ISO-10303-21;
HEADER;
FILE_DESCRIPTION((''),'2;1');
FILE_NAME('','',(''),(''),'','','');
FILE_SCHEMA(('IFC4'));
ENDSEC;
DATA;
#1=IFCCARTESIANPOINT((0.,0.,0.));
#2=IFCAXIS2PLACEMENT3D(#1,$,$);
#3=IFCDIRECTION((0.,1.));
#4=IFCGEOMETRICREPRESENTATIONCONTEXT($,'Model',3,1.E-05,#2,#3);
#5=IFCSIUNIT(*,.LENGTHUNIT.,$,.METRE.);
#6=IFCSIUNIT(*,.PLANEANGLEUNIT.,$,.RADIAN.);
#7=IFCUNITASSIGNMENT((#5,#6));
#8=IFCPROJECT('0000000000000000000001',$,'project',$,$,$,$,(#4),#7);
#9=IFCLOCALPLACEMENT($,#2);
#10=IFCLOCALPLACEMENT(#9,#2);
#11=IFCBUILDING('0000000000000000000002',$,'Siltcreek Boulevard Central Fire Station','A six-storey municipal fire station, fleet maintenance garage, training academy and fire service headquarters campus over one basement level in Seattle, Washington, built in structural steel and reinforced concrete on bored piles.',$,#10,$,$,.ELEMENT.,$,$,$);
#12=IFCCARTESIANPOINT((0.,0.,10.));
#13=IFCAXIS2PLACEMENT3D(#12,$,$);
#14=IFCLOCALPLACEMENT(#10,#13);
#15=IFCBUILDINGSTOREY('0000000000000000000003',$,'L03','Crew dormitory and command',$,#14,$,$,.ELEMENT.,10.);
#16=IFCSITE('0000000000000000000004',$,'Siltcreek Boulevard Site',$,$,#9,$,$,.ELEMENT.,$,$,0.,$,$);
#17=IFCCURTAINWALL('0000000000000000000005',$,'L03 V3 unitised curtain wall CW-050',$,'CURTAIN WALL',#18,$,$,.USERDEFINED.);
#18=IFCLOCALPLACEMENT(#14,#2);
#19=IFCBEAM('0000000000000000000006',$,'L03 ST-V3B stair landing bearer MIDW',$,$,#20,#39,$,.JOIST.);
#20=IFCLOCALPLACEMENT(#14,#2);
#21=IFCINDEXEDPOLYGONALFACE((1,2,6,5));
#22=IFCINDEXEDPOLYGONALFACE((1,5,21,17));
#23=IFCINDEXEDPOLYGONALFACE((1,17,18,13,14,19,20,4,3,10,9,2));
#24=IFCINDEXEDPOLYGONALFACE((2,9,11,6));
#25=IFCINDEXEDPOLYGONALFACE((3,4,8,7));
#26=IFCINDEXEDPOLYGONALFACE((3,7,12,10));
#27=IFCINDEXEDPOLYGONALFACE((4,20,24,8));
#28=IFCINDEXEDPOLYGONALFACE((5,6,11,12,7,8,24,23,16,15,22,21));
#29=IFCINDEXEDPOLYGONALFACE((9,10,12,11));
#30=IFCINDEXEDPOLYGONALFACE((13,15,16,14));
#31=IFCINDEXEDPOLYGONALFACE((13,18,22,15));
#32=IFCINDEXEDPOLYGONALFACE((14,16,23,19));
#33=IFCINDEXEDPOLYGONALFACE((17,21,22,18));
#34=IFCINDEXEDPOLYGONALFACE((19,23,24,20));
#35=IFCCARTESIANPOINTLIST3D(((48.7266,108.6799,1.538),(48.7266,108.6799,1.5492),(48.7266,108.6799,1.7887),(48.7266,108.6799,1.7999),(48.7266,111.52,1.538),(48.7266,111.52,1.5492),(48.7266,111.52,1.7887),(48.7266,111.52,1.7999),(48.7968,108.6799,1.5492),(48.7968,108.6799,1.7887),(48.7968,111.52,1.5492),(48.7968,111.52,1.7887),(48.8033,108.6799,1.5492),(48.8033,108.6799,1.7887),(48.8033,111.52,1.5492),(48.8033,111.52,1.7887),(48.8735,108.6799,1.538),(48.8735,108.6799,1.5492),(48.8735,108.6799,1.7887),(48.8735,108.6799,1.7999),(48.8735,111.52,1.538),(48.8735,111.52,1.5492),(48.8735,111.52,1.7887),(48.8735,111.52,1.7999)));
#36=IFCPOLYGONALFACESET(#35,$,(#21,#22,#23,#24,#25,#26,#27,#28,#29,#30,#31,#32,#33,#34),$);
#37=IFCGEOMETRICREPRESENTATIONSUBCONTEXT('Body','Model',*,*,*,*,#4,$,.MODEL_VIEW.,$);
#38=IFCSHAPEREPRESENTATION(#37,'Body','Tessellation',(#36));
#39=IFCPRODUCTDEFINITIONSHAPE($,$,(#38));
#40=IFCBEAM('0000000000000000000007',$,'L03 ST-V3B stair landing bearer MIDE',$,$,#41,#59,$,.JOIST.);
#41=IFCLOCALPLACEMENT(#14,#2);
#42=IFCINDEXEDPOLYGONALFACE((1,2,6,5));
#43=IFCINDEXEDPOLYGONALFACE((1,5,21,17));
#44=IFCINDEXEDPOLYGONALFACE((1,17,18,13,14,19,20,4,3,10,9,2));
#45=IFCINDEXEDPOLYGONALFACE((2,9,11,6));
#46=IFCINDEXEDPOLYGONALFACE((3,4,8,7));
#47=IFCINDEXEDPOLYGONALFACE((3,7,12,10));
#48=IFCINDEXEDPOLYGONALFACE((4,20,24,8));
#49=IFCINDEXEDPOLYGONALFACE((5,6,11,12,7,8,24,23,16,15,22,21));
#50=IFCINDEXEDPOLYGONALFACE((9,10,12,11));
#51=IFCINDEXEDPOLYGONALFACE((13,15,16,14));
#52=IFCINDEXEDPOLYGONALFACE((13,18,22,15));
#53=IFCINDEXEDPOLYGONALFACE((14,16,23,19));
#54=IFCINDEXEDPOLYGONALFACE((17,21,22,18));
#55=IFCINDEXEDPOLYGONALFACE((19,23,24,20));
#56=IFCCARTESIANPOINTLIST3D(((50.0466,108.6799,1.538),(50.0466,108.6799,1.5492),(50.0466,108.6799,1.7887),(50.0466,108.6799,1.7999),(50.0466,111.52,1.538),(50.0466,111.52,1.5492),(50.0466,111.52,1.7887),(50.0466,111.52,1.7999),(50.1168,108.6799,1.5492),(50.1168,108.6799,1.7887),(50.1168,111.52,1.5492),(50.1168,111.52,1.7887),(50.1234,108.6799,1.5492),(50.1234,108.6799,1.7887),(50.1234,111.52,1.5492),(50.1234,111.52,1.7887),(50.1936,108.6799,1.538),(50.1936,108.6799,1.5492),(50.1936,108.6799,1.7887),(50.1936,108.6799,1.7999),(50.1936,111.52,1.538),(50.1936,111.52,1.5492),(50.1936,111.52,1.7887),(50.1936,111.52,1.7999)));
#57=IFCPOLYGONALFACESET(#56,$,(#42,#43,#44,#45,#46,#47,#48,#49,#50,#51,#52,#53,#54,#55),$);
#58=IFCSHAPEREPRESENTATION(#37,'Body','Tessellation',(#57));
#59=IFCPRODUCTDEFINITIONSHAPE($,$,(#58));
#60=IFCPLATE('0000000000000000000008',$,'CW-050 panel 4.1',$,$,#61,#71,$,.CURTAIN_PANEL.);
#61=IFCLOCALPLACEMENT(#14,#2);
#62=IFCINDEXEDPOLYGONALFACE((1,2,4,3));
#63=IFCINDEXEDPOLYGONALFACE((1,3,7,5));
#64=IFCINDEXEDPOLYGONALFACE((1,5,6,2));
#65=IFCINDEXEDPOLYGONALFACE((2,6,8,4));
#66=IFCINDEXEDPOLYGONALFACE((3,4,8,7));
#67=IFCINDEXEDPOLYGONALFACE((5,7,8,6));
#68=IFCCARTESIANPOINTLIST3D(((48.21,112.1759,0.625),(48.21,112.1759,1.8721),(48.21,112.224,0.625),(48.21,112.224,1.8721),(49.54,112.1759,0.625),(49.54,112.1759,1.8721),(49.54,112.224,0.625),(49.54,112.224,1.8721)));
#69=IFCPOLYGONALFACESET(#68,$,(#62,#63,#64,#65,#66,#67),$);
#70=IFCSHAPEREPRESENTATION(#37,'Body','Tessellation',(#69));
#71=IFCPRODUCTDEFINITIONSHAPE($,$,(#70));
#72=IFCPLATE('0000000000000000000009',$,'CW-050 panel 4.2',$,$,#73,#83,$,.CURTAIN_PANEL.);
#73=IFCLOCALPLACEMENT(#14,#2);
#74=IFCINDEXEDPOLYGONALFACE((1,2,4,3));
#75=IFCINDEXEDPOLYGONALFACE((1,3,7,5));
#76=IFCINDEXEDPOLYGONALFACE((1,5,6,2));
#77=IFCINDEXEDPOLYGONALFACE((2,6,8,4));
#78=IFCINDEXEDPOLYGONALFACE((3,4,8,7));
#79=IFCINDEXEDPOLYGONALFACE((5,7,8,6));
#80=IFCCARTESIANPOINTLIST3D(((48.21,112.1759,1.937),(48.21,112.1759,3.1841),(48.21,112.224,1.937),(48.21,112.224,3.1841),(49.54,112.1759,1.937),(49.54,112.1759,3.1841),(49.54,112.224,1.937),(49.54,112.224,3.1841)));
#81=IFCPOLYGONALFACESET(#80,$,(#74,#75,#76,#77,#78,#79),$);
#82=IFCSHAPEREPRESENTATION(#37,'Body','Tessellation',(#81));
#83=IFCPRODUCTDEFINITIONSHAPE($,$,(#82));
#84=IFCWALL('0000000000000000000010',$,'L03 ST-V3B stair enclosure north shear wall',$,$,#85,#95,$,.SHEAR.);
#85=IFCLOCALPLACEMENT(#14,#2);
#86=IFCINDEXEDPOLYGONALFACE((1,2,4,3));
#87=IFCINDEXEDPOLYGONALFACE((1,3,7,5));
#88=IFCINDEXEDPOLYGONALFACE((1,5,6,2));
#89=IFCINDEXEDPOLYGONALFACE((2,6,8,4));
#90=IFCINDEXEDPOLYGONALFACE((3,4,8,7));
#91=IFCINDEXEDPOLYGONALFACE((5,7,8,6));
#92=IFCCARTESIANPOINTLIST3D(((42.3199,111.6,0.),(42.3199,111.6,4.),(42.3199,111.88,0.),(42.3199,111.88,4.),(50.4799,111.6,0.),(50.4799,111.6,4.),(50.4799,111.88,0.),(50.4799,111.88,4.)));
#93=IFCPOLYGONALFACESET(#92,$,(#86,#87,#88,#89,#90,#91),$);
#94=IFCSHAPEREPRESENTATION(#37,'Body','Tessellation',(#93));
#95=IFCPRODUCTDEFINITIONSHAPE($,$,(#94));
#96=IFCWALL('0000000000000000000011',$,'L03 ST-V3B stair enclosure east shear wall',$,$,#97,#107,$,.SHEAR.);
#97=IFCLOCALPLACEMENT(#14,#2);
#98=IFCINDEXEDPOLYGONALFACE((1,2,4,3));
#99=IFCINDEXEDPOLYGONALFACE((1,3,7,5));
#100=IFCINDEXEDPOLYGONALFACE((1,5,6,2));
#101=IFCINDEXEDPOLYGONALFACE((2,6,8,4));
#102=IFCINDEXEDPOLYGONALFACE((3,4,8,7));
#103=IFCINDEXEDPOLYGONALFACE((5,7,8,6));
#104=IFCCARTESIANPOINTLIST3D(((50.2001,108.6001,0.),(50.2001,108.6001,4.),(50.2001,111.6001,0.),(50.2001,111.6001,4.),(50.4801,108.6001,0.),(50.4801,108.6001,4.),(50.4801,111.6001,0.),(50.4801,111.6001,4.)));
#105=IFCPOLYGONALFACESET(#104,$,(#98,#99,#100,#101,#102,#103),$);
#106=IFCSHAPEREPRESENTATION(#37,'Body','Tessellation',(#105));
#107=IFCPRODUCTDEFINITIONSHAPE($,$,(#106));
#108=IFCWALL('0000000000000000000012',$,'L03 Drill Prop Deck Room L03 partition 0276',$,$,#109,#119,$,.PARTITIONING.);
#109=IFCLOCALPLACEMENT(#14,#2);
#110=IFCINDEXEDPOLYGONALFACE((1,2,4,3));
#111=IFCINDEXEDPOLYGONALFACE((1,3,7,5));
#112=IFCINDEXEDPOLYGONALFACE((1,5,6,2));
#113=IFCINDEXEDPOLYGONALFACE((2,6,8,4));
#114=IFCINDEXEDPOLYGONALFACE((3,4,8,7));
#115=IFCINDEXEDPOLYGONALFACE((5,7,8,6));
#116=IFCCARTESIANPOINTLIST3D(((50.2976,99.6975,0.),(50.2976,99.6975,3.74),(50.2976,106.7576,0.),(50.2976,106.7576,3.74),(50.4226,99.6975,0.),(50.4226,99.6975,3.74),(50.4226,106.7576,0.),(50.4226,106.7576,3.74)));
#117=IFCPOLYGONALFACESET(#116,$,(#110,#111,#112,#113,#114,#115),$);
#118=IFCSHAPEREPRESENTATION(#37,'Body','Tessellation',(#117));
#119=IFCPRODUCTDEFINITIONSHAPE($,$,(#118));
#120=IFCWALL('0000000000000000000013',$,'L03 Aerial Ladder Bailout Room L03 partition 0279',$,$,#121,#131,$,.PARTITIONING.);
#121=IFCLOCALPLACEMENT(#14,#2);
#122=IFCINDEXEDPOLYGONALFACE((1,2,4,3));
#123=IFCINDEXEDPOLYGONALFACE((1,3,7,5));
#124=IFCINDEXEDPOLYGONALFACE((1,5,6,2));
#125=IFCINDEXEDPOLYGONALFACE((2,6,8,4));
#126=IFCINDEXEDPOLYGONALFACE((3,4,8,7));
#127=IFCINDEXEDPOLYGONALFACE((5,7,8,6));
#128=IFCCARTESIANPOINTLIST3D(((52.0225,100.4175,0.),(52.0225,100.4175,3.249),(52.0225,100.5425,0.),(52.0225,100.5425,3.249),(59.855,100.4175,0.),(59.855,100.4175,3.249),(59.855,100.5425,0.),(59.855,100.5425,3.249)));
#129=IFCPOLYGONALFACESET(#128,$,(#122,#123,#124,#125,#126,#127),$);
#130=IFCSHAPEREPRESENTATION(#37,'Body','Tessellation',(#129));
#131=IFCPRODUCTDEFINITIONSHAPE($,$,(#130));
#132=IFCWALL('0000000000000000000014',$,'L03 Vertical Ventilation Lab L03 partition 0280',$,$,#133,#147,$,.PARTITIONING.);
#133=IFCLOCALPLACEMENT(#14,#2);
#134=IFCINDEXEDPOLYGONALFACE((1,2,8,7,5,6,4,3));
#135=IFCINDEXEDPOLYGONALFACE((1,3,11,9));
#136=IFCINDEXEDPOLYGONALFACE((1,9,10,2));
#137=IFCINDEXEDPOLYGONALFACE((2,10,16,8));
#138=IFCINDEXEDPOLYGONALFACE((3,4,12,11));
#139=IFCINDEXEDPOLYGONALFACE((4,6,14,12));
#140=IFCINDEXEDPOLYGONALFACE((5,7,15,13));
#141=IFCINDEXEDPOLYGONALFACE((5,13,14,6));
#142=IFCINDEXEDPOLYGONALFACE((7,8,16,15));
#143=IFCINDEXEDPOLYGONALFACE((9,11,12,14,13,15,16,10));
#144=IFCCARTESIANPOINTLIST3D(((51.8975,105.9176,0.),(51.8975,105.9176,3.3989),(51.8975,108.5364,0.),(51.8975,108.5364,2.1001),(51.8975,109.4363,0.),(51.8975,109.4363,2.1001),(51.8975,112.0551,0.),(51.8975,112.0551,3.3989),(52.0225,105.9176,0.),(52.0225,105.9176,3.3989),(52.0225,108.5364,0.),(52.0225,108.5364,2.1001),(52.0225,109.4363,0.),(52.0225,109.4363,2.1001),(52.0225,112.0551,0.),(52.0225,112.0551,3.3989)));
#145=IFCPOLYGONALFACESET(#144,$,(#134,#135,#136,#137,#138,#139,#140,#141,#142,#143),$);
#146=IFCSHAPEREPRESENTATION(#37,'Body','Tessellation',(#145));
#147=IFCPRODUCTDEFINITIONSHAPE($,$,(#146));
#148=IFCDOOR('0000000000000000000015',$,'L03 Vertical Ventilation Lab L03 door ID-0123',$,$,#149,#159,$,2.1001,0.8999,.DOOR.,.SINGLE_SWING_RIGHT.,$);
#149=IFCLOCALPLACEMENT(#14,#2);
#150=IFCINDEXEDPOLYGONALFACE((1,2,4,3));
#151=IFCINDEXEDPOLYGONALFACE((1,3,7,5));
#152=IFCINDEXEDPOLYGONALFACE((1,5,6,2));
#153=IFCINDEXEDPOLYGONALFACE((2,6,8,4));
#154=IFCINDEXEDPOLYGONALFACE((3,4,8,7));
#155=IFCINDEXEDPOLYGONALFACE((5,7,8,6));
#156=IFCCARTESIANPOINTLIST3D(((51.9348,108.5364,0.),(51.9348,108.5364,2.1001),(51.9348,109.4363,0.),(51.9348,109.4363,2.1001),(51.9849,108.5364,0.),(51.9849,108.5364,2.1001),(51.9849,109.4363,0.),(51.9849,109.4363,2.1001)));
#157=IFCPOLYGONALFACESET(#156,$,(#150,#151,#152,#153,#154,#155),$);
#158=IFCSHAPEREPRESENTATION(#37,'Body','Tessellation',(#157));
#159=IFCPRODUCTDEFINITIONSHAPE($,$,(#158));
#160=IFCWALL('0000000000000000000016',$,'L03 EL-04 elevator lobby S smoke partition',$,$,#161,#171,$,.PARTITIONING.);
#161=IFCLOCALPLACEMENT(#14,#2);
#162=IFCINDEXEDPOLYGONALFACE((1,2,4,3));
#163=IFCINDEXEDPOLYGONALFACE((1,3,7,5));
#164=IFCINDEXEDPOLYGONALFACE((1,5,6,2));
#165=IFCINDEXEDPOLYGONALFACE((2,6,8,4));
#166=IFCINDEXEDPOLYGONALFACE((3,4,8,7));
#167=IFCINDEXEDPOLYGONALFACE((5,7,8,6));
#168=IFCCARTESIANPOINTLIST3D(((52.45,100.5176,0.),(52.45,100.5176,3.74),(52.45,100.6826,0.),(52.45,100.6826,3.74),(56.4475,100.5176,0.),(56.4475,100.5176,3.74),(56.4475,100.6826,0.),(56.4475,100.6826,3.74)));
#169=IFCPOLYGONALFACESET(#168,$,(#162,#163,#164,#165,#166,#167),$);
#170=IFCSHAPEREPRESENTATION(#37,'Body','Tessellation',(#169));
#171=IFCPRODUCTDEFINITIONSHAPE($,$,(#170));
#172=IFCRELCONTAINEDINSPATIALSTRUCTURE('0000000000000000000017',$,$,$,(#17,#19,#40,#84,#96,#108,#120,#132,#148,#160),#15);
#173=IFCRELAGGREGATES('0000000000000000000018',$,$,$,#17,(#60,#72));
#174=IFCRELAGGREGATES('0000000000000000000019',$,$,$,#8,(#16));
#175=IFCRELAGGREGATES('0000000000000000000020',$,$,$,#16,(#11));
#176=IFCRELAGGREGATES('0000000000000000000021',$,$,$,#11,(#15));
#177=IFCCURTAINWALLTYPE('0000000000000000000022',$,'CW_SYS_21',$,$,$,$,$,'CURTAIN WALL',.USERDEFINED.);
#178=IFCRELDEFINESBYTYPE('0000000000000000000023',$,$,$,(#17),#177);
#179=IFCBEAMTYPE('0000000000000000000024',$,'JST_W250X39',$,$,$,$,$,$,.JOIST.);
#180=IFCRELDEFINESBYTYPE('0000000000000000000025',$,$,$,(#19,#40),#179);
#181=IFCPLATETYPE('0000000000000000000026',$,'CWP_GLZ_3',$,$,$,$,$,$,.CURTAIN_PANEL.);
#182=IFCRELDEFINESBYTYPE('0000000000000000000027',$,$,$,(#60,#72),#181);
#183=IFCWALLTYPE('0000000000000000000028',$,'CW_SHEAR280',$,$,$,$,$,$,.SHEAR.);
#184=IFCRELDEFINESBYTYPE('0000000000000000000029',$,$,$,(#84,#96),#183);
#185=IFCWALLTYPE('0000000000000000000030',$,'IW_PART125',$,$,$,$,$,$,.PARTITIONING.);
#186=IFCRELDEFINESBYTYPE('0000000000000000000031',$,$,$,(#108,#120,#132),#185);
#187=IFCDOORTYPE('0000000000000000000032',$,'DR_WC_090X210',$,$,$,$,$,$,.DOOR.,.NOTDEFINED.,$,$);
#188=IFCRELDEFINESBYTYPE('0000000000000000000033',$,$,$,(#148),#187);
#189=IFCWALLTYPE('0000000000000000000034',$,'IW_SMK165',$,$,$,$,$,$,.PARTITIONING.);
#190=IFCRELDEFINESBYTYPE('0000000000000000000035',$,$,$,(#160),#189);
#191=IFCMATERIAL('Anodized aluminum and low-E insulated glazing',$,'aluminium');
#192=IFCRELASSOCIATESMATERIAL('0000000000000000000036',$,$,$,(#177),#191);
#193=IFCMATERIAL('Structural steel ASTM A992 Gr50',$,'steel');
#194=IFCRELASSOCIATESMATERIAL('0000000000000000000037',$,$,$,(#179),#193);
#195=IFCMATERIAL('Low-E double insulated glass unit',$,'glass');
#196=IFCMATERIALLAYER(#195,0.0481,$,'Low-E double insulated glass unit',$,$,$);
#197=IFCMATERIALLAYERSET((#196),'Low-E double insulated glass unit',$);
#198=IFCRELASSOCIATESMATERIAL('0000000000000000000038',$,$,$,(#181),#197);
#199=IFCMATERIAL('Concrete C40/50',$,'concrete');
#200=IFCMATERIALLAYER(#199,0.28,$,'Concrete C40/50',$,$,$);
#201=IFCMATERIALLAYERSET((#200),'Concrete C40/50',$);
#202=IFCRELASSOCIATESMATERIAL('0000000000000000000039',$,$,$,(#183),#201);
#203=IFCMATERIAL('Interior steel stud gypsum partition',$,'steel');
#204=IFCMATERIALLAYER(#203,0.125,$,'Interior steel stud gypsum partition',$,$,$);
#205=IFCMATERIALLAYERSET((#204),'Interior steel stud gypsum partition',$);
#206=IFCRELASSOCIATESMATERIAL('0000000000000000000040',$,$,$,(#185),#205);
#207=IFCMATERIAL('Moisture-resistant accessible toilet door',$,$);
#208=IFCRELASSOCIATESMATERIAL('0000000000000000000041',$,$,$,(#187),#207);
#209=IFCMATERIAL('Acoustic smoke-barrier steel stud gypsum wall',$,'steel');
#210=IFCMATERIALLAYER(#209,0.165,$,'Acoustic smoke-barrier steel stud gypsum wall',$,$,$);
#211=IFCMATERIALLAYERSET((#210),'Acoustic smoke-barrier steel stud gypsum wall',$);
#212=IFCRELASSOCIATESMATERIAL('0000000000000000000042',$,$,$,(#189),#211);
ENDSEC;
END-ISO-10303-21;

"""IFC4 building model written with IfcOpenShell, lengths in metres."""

from ifc_helpers import new_model, si_unit, direction, frame, frame_2d, origin, origin_2d, place, context, subcontext, project, spatial, rectangle, i_section, extrude, material, layer, layer_set, material_profile, profile_set, type_object, element, fill, aggregate, save


model = new_model("IFC4")

# Units and contexts
model_context = context("Model", 3, precision=1e-05, world=origin(), true_north=direction((0.0, 1.0)))
body_context = subcontext(model_context, "Body", "Model", "MODEL_VIEW")
ifc_project = project(units=[si_unit("LENGTHUNIT", "METRE"), si_unit("PLANEANGLEUNIT", "RADIAN")], contexts=[model_context])

# Site, building, storey
site_placement = place(None, origin())
site = spatial("IfcSite", under=ifc_project, at=site_placement, Name="Siltcreek Boulevard Site", CompositionType="ELEMENT", RefElevation=0.0)
building_placement = place(site_placement, origin())
building = spatial("IfcBuilding", under=site, at=building_placement, Name="Siltcreek Boulevard Central Fire Station", Description="A six-storey municipal fire station, fleet maintenance garage, training academy and fire service headquarters campus over one basement level in Seattle, Washington, built in structural steel and reinforced concrete on bored piles.", CompositionType="ELEMENT")
storey_placement = place(building_placement, frame((0.0, 0.0, 10.0)))
storey = spatial("IfcBuildingStorey", under=building, at=storey_placement, Name="L03", Description="Crew dormitory and command", CompositionType="ELEMENT", Elevation=10.0)

# Shared definitions
ifc_material_1 = material(Name="Structural steel ASTM A992 Gr50", Category="steel")

# Curtain wall
ifc_material_2 = material(Name="Anodized aluminum and low-E insulated glazing", Category="aluminium")
curtain_wall_type = type_object("IfcCurtainWallType", Name="CW_SYS_21", ElementType="CURTAIN WALL", PredefinedType="USERDEFINED", material=ifc_material_2)
curtain_wall_placement = place(storey_placement, origin())
curtain_wall = element("IfcCurtainWall", 1, at=curtain_wall_placement, inside=storey, type_object=curtain_wall_type, Name="L03 V3 unitised curtain wall CW-050", ObjectType="CURTAIN WALL", PredefinedType="USERDEFINED")

# Beams
ifc_material_profile_1 = material_profile(ifc_material_1, i_section(OverallWidth=0.147, OverallDepth=0.262, WebThickness=0.0066, FlangeThickness=0.0112, at=origin_2d()), Name="W250X39")
ifc_profile_set_1 = profile_set([ifc_material_profile_1], Name="Structural steel ASTM A992 Gr50")
beam_type_1 = type_object("IfcBeamType", Name="JST_W250X39", PredefinedType="JOIST", material=ifc_profile_set_1)
for number, where, z_axis, x_axis, name in (
    (2, (48.8, 108.6799, 1.6689), (0.0, 1.0, 0.0), (-1.0, 0.0, 0.0), "L03 ST-V3B stair landing bearer MIDW"),
    (3, (50.1201, 108.6799, 1.6689), (0.0, 1.0, 0.0), (-1.0, 0.0, 0.0), "L03 ST-V3B stair landing bearer MIDE"),
):
    element("IfcBeam", number, at=place(storey_placement, frame(where, z_axis=z_axis, x_axis=x_axis)), inside=storey, type_object=beam_type_1, Name=name, PredefinedType="JOIST", context=body_context, shape_type="SweptSolid", body=[
        extrude(i_section(OverallWidth=0.147, OverallDepth=0.262, WebThickness=0.0066, FlangeThickness=0.0112, at=origin_2d()), origin(), (0.0, 0.0, 1.0), 2.8401),
    ])

# Plates
ifc_material_3 = material(Name="Low-E double insulated glass unit", Category="glass")
ifc_layer_1 = layer(ifc_material_3, 0.0481, Name="Low-E double insulated glass unit")
ifc_layer_set_1 = layer_set([ifc_layer_1], Name="Low-E double insulated glass unit")
plate_type = type_object("IfcPlateType", Name="CWP_GLZ_3", PredefinedType="CURTAIN_PANEL", material=ifc_layer_set_1)
plate_1_placement = place(storey_placement, frame((48.875, 112.2, 0.625), z_axis=(0.0, 0.0, 1.0), x_axis=(-1.0, 0.0, 0.0)))
plate_1 = element("IfcPlate", 4, at=plate_1_placement, type_object=plate_type, Name="CW-050 panel 4.1", PredefinedType="CURTAIN_PANEL", context=body_context, shape_type="SweptSolid", body=[
    extrude(rectangle(XDim=1.3301, YDim=0.0481, at=origin_2d()), origin(), (0.0, 0.0, 1.0), 1.2471),
])
plate_2_placement = place(storey_placement, frame((48.875, 112.2, 1.937), z_axis=(0.0, 0.0, 1.0), x_axis=(-1.0, 0.0, 0.0)))
plate_2 = element("IfcPlate", 5, at=plate_2_placement, type_object=plate_type, Name="CW-050 panel 4.2", PredefinedType="CURTAIN_PANEL", context=body_context, shape_type="SweptSolid", body=[
    extrude(rectangle(XDim=1.3301, YDim=0.0481, at=origin_2d()), origin(), (0.0, 0.0, 1.0), 1.2471),
])
aggregate(curtain_wall, [plate_1, plate_2])

# Walls
ifc_material_4 = material(Name="Concrete C40/50", Category="concrete")
ifc_layer_2 = layer(ifc_material_4, 0.28, Name="Concrete C40/50")
ifc_layer_set_2 = layer_set([ifc_layer_2], Name="Concrete C40/50")
wall_type_1 = type_object("IfcWallType", Name="CW_SHEAR280", PredefinedType="SHEAR", material=ifc_layer_set_2)
wall_1_placement = place(storey_placement, frame((50.48, 111.74, 0.0), z_axis=(0.0, 0.0, 1.0), x_axis=(-1.0, 0.0, 0.0)))
element("IfcWall", 6, at=wall_1_placement, inside=storey, type_object=wall_type_1, Name="L03 ST-V3B stair enclosure north shear wall", PredefinedType="SHEAR", context=body_context, shape_type="SweptSolid", body=[
    extrude(rectangle(XDim=8.1599, YDim=0.28, at=frame_2d((4.0801, 0.0))), origin(), (0.0, 0.0, 1.0), 4.0),
])
wall_2_placement = place(storey_placement, frame((50.3401, 108.6001, 0.0), z_axis=(0.0, 0.0, 1.0), x_axis=(0.0, 1.0, 0.0)))
element("IfcWall", 7, at=wall_2_placement, inside=storey, type_object=wall_type_1, Name="L03 ST-V3B stair enclosure east shear wall", PredefinedType="SHEAR", context=body_context, shape_type="SweptSolid", body=[
    extrude(rectangle(XDim=3.0, YDim=0.28, at=frame_2d((1.5, 0.0))), origin(), (0.0, 0.0, 1.0), 4.0),
])
ifc_material_5 = material(Name="Interior steel stud gypsum partition", Category="steel")
ifc_layer_3 = layer(ifc_material_5, 0.125, Name="Interior steel stud gypsum partition")
ifc_layer_set_3 = layer_set([ifc_layer_3], Name="Interior steel stud gypsum partition")
wall_type_2 = type_object("IfcWallType", Name="IW_PART125", PredefinedType="PARTITIONING", material=ifc_layer_set_3)
wall_3_placement = place(storey_placement, frame((50.3601, 106.7576, 0.0), z_axis=(0.0, 0.0, 1.0), x_axis=(0.0, -1.0, 0.0)))
element("IfcWall", 8, at=wall_3_placement, inside=storey, type_object=wall_type_2, Name="L03 Drill Prop Deck Room L03 partition 0276", PredefinedType="PARTITIONING", context=body_context, shape_type="SweptSolid", body=[
    extrude(rectangle(XDim=7.0601, YDim=0.125, at=frame_2d((3.53, 0.0))), origin(), (0.0, 0.0, 1.0), 3.74),
])
wall_4_placement = place(storey_placement, frame((52.0225, 100.48, 0.0), z_axis=(0.0, 0.0, 1.0), x_axis=(1.0, 0.0, 0.0)))
element("IfcWall", 9, at=wall_4_placement, inside=storey, type_object=wall_type_2, Name="L03 Aerial Ladder Bailout Room L03 partition 0279", PredefinedType="PARTITIONING", context=body_context, shape_type="SweptSolid", body=[
    extrude(rectangle(XDim=7.8325, YDim=0.125, at=frame_2d((3.9163, 0.0))), origin(), (0.0, 0.0, 1.0), 3.249),
])

# Wall, opening, door
wall_5_placement = place(storey_placement, frame((51.96, 105.9175, 0.0), z_axis=(0.0, 0.0, 1.0), x_axis=(0.0, 1.0, 0.0)))
wall_5 = element("IfcWall", 10, at=wall_5_placement, inside=storey, type_object=wall_type_2, Name="L03 Vertical Ventilation Lab L03 partition 0280", PredefinedType="PARTITIONING", context=body_context, shape_type="SweptSolid", body=[
    extrude(rectangle(XDim=6.1375, YDim=0.125, at=frame_2d((3.0688, 0.0))), origin(), (0.0, 0.0, 1.0), 3.3989),
])
opening_1_placement = place(wall_5_placement, frame((2.6189, 0.0, 0.0)))
opening_1 = element("IfcOpeningElement", 11, at=opening_1_placement, cuts=wall_5, PredefinedType="OPENING", context=body_context, shape_type="SweptSolid", body=[
    extrude(rectangle(XDim=0.8999, YDim=2.1001, at=frame_2d((0.45, 1.05))), frame((0.0, 0.0725, 0.0), z_axis=(0.0, -1.0, 0.0), x_axis=(1.0, 0.0, 0.0)), (0.0, 0.0, 1.0), 0.145),
])
ifc_material_6 = material(Name="Moisture-resistant accessible toilet door")
door_type_1 = type_object("IfcDoorType", Name="DR_WC_090X210", OperationType="NOTDEFINED", PredefinedType="DOOR", material=ifc_material_6)
door_1_placement = place(opening_1_placement, frame((0.8999, 0.0, 0.0), z_axis=(0.0, 0.0, 1.0), x_axis=(-1.0, 0.0, 0.0)))
door_1 = element("IfcDoor", 12, at=door_1_placement, inside=storey, type_object=door_type_1, Name="L03 Vertical Ventilation Lab L03 door ID-0123", OperationType="SINGLE_SWING_RIGHT", OverallHeight=2.1001, OverallWidth=0.8999, PredefinedType="DOOR", context=body_context, shape_type="SweptSolid", body=[
    extrude(rectangle(XDim=0.8999, YDim=2.1001, at=frame_2d((0.45, 1.05))), frame((0.0, 0.0249, 0.0), z_axis=(0.0, -1.0, 0.0), x_axis=(1.0, 0.0, 0.0)), (0.0, 0.0, 1.0), 0.05),
])
fill(opening_1, door_1)

# Wall
ifc_material_7 = material(Name="Acoustic smoke-barrier steel stud gypsum wall", Category="steel")
ifc_layer_4 = layer(ifc_material_7, 0.165, Name="Acoustic smoke-barrier steel stud gypsum wall")
ifc_layer_set_4 = layer_set([ifc_layer_4], Name="Acoustic smoke-barrier steel stud gypsum wall")
wall_type_3 = type_object("IfcWallType", Name="IW_SMK165", PredefinedType="PARTITIONING", material=ifc_layer_set_4)
wall_6_placement = place(storey_placement, frame((52.45, 100.6001, 0.0), z_axis=(0.0, 0.0, 1.0), x_axis=(1.0, 0.0, 0.0)))
element("IfcWall", 13, at=wall_6_placement, inside=storey, type_object=wall_type_3, Name="L03 EL-04 elevator lobby S smoke partition", PredefinedType="PARTITIONING", context=body_context, shape_type="SweptSolid", body=[
    extrude(rectangle(XDim=3.9976, YDim=0.165, at=frame_2d((1.9988, 0.0))), origin(), (0.0, 0.0, 1.0), 3.74),
])

save(model, "model.ifc")
